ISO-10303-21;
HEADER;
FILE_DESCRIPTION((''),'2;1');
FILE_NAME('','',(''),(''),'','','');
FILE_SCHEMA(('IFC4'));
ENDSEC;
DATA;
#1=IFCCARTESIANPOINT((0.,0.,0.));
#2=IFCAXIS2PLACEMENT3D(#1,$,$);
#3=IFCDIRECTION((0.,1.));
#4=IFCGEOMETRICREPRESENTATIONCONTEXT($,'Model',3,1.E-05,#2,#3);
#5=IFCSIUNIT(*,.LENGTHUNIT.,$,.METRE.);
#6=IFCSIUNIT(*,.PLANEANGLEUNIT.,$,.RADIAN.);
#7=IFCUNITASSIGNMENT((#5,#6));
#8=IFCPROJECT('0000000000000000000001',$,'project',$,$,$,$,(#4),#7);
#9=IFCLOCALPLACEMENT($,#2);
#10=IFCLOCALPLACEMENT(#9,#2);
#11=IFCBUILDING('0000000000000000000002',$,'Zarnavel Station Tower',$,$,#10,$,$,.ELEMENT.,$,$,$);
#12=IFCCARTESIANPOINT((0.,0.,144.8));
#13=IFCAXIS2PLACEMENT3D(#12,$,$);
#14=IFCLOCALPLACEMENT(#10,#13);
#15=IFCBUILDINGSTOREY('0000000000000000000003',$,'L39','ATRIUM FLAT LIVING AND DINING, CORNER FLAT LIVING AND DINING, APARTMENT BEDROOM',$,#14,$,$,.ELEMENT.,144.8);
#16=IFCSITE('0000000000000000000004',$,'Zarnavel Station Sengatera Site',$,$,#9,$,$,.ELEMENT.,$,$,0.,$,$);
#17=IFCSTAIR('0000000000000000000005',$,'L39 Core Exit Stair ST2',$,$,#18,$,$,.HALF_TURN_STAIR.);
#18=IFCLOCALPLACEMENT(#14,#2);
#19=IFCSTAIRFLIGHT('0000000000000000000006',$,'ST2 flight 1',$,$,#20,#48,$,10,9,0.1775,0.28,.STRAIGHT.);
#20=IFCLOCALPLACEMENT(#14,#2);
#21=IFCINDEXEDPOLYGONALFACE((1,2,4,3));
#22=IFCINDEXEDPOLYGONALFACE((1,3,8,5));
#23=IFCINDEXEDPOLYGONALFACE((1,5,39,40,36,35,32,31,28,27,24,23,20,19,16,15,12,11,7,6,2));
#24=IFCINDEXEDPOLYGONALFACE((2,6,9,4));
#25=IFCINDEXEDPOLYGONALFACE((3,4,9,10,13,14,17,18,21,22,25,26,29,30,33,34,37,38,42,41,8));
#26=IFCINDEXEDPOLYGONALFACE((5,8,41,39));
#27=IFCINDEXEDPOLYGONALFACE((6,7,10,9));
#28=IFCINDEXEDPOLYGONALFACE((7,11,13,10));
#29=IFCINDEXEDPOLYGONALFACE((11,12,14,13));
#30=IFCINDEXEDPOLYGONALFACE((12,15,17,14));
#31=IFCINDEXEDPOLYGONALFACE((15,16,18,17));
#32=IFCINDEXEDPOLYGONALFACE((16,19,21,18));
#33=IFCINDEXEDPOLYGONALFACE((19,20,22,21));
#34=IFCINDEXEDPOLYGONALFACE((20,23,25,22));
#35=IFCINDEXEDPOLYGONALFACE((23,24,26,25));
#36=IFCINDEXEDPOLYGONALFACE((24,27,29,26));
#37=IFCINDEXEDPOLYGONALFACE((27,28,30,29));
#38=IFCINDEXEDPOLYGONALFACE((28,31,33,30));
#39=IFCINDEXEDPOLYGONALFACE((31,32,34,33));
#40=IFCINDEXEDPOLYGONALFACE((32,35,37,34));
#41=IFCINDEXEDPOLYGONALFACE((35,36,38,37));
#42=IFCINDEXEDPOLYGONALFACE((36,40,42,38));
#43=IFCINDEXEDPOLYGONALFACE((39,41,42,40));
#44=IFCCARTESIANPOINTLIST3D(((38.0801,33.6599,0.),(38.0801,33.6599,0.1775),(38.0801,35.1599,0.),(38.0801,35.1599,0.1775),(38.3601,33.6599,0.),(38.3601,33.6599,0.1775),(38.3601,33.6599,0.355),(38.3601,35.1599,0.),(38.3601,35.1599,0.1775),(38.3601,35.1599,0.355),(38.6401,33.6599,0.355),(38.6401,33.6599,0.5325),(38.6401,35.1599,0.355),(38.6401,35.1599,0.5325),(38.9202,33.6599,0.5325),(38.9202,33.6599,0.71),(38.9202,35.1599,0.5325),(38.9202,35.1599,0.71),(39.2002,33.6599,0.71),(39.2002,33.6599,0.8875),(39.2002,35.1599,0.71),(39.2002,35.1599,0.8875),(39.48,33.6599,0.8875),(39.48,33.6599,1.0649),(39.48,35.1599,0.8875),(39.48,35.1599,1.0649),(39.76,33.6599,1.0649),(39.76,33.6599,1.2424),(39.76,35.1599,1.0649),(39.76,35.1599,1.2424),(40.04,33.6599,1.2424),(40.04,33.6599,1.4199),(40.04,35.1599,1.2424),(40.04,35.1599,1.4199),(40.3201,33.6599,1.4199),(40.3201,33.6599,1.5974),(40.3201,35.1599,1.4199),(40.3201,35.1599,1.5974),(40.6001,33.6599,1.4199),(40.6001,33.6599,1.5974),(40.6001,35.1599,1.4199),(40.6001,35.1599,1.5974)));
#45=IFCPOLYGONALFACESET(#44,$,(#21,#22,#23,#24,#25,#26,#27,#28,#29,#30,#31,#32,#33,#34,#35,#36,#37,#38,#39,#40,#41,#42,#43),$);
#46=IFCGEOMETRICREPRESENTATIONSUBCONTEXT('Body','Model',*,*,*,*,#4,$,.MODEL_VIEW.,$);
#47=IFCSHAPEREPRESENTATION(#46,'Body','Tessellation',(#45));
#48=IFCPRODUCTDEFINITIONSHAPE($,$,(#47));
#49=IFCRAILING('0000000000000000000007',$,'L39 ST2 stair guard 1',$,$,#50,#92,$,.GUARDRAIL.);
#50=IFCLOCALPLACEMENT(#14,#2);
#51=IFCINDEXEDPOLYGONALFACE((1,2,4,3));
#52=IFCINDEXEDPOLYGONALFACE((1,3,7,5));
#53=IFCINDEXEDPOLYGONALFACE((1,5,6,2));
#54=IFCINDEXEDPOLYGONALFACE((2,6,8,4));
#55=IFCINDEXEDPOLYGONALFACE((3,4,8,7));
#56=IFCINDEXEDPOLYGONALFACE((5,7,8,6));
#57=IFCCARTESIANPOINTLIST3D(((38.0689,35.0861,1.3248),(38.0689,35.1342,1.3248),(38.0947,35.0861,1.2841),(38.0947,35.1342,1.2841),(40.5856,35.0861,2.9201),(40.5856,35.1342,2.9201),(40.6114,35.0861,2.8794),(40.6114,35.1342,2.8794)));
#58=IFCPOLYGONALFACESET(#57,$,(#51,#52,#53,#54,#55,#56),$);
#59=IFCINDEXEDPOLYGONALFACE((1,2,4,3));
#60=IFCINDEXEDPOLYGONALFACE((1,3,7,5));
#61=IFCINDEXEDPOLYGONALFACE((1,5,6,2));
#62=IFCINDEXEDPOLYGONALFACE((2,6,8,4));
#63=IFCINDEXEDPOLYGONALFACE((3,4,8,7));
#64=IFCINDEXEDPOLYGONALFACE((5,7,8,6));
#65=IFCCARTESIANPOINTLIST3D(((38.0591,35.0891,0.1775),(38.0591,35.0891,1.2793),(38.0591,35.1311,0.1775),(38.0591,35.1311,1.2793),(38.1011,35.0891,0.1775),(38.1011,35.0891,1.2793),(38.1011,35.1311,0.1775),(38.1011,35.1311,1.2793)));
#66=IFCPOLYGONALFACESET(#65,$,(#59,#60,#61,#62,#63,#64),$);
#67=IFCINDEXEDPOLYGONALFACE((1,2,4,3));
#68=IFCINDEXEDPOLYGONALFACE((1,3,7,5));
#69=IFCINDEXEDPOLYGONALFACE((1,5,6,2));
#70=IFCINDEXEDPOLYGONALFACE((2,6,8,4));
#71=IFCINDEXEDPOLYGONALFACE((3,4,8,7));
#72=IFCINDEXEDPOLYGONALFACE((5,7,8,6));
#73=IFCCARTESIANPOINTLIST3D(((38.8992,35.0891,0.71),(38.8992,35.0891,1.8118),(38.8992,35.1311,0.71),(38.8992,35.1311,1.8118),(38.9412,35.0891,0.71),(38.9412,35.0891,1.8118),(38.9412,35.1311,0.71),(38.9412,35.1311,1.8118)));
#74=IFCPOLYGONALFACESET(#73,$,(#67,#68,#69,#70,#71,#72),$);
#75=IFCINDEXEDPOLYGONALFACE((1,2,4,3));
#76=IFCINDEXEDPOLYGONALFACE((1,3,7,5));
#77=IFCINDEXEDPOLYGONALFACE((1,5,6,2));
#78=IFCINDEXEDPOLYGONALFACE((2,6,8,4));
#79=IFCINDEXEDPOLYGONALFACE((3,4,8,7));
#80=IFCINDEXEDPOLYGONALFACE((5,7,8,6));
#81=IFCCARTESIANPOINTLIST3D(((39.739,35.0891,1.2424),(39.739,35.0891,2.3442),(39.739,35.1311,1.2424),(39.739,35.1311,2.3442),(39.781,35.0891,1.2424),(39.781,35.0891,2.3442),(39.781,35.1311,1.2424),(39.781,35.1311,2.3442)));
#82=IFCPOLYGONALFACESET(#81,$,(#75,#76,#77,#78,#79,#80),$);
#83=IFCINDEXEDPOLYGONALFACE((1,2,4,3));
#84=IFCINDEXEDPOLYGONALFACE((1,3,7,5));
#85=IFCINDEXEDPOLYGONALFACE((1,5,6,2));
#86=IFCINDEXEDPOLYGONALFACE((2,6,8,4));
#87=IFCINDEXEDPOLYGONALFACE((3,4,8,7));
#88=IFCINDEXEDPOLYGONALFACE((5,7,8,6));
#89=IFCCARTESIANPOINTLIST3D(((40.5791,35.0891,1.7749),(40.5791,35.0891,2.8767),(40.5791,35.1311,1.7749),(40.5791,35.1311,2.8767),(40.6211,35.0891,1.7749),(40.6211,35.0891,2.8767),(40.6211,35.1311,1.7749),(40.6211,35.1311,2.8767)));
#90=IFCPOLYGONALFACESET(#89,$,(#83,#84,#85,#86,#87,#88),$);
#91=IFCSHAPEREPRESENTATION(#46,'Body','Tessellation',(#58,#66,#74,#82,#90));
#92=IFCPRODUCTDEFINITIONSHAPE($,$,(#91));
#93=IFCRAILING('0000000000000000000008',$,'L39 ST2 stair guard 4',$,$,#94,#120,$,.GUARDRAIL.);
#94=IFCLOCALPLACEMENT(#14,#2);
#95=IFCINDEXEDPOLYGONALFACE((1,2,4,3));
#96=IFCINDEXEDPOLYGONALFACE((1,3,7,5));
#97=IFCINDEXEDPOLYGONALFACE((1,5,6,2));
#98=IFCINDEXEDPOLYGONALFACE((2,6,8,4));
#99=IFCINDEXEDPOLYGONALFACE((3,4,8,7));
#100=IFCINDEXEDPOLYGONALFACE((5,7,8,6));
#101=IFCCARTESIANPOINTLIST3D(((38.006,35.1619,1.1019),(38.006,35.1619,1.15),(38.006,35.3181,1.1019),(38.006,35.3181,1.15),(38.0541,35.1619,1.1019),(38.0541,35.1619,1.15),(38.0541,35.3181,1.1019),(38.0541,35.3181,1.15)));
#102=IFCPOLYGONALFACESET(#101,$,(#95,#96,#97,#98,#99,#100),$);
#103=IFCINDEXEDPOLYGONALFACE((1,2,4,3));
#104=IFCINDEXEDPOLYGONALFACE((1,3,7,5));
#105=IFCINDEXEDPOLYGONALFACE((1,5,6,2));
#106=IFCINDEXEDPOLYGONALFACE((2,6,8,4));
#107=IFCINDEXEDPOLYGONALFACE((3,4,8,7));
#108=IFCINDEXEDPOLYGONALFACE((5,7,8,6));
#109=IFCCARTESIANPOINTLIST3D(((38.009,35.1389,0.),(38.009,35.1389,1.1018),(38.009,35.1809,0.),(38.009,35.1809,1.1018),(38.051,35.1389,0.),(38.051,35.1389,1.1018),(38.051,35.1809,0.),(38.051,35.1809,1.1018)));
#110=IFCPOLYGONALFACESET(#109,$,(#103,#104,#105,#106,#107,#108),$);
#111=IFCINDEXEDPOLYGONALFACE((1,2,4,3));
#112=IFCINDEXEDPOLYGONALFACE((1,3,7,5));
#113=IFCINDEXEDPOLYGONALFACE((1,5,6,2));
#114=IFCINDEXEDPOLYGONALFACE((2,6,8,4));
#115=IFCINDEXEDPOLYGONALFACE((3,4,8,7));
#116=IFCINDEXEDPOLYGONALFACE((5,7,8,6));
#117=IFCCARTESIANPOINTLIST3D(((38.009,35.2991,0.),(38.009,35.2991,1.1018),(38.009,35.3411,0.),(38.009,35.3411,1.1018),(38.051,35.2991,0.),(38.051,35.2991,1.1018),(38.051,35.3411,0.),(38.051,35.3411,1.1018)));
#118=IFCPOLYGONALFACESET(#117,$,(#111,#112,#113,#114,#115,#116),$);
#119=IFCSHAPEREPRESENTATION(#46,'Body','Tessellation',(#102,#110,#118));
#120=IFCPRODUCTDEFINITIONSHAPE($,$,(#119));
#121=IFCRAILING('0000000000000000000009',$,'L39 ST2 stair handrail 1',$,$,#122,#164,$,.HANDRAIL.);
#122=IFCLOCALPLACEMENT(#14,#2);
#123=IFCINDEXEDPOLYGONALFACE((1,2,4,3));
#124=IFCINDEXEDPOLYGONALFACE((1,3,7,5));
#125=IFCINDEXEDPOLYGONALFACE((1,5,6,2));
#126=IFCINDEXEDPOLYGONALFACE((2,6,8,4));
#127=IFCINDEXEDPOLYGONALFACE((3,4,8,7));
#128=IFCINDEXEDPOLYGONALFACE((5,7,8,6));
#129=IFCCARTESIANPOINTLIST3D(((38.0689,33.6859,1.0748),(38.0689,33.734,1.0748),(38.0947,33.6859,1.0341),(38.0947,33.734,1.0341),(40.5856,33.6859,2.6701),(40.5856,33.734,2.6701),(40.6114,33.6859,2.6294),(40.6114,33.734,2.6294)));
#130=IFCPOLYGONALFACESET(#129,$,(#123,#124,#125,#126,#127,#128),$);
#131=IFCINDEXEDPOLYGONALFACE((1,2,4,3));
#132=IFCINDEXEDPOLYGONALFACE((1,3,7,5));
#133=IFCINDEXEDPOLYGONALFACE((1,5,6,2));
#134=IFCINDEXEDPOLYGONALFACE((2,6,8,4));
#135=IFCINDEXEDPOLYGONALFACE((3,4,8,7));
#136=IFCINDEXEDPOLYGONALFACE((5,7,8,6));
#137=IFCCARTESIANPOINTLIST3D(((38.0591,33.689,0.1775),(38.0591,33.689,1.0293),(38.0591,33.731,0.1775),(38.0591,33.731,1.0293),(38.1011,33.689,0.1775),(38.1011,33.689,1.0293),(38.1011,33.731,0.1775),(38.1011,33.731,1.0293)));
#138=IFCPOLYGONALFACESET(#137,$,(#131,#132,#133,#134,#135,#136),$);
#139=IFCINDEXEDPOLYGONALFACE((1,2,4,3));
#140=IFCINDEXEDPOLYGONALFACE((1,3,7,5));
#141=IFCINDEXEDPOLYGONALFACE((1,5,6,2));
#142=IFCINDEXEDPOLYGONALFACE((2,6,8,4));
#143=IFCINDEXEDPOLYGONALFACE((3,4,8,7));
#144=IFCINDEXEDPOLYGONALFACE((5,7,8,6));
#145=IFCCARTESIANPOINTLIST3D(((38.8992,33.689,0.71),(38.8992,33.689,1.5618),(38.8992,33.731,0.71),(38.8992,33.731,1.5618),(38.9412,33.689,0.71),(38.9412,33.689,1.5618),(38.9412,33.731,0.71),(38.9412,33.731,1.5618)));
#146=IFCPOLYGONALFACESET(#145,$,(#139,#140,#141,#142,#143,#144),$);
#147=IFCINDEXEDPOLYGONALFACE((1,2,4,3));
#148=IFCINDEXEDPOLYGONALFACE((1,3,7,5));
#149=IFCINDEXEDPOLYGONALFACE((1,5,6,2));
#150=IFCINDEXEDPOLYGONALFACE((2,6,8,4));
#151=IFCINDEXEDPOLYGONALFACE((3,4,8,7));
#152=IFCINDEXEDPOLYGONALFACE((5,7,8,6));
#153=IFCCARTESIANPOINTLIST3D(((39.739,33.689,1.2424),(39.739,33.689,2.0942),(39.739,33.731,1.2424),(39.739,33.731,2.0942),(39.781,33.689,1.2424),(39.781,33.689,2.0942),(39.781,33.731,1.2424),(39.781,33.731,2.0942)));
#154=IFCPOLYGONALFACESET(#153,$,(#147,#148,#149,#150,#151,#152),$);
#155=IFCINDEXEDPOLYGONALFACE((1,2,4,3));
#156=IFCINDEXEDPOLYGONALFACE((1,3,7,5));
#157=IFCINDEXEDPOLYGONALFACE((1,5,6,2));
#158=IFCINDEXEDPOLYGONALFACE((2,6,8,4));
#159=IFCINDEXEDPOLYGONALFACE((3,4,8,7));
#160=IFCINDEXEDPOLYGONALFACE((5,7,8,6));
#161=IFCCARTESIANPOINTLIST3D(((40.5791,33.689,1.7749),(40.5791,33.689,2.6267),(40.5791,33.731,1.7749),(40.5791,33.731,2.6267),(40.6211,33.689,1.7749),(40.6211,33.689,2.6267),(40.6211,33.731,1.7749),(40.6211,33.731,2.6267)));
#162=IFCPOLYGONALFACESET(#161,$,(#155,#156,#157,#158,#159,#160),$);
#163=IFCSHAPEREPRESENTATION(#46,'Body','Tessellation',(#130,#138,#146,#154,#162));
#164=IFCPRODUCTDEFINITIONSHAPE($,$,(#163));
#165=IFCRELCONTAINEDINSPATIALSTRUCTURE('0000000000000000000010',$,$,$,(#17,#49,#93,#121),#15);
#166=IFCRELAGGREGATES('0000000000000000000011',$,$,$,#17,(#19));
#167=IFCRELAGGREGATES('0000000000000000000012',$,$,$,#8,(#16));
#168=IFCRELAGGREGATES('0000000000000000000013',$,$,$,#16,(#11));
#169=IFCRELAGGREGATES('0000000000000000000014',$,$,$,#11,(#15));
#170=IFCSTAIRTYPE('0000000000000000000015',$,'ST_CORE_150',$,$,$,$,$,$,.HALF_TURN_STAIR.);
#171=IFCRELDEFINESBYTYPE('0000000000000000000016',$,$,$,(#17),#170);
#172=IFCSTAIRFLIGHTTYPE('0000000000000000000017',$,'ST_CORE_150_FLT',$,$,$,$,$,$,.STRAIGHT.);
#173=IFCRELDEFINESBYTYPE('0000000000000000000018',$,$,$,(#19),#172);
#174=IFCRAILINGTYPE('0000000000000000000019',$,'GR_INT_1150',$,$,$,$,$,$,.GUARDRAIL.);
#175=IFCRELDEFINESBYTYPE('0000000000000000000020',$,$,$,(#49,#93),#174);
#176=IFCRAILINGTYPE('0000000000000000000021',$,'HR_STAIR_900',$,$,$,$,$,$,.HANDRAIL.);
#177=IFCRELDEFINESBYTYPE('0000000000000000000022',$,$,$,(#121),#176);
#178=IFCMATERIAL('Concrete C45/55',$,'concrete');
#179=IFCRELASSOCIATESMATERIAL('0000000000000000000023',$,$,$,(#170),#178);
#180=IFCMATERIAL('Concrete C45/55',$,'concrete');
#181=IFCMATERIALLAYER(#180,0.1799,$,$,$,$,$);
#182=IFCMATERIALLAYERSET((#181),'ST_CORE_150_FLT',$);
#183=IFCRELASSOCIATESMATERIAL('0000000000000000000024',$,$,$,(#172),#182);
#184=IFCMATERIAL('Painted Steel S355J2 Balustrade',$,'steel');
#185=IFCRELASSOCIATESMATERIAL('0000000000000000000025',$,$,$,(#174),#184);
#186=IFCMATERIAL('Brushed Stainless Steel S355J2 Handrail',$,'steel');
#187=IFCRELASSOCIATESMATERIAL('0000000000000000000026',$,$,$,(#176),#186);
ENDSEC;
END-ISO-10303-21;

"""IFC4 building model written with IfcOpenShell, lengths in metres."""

from ifc_helpers import new_model, si_unit, direction, frame, origin, origin_2d, place, context, subcontext, project, spatial, polyline, rectangle, outline, extrude, material, layer, layer_set, type_object, element, aggregate, save


model = new_model("IFC4")

# Units and contexts
model_context = context("Model", 3, precision=1e-05, world=origin(), true_north=direction((0.0, 1.0)))
body_context = subcontext(model_context, "Body", "Model", "MODEL_VIEW")
ifc_project = project(units=[si_unit("LENGTHUNIT", "METRE"), si_unit("PLANEANGLEUNIT", "RADIAN")], contexts=[model_context])

# Site, building, storey
site_placement = place(None, origin())
site = spatial("IfcSite", under=ifc_project, at=site_placement, Name="Zarnavel Station Sengatera Site", CompositionType="ELEMENT", RefElevation=0.0)
building_placement = place(site_placement, origin())
building = spatial("IfcBuilding", under=site, at=building_placement, Name="Zarnavel Station Tower", CompositionType="ELEMENT")
storey_placement = place(building_placement, frame((0.0, 0.0, 144.8)))
storey = spatial("IfcBuildingStorey", under=building, at=storey_placement, Name="L39", Description="ATRIUM FLAT LIVING AND DINING, CORNER FLAT LIVING AND DINING, APARTMENT BEDROOM", CompositionType="ELEMENT", Elevation=144.8)

# Stair, stair flight
ifc_material_1 = material(Name="Concrete C45/55", Category="concrete")
stair_type = type_object("IfcStairType", Name="ST_CORE_150", PredefinedType="HALF_TURN_STAIR", material=ifc_material_1)
stair_placement = place(storey_placement, origin())
stair = element("IfcStair", 1, at=stair_placement, inside=storey, type_object=stair_type, Name="L39 Core Exit Stair ST2", PredefinedType="HALF_TURN_STAIR")
ifc_material_2 = material(Name="Concrete C45/55", Category="concrete")
ifc_layer_1 = layer(ifc_material_2, 0.1799)
ifc_layer_set_1 = layer_set([ifc_layer_1], Name="ST_CORE_150_FLT")
stair_flight_type = type_object("IfcStairFlightType", Name="ST_CORE_150_FLT", PredefinedType="STRAIGHT", material=ifc_layer_set_1)
stair_flight_placement = place(storey_placement, frame((38.0801, 34.4099, 0.0), z_axis=(0.0, 0.0, 1.0), x_axis=(1.0, 0.0, 0.0)))
stair_flight = element("IfcStairFlight", 2, at=stair_flight_placement, type_object=stair_flight_type, Name="ST2 flight 1", NumberOfRisers=10, NumberOfTreads=9, PredefinedType="STRAIGHT", RiserHeight=0.1775, TreadLength=0.28, context=body_context, shape_type="SweptSolid", body=[
    extrude(outline(polyline([(0.0, 0.0), (0.0, 0.1775), (0.28, 0.1775), (0.28, 0.355), (0.5601, 0.355), (0.5601, 0.5325), (0.8401, 0.5325), (0.8401, 0.71), (1.1201, 0.71), (1.1201, 0.8875), (1.3999, 0.8875), (1.3999, 1.0649), (1.6799, 1.0649), (1.6799, 1.2424), (1.96, 1.2424), (1.96, 1.4199), (2.24, 1.4199), (2.24, 1.5974), (2.52, 1.5974), (2.52, 1.7749), (2.52, 1.4199), (0.28, 0.0), (0.0, 0.0)])), frame((0.0, 0.75, 0.0), z_axis=(0.0, -1.0, 0.0), x_axis=(1.0, 0.0, 0.0)), (0.0, 0.0, 1.0), 1.5),
])
aggregate(stair, [stair_flight])

# Railings
ifc_material_3 = material(Name="Painted Steel S355J2 Balustrade", Category="steel")
railing_type_1 = type_object("IfcRailingType", Name="GR_INT_1150", PredefinedType="GUARDRAIL", material=ifc_material_3)
railing_1_placement = place(storey_placement, frame((38.0801, 35.1101, 0.1775)))
element("IfcRailing", 3, at=railing_1_placement, inside=storey, type_object=railing_type_1, Name="L39 ST2 stair guard 1", PredefinedType="GUARDRAIL", context=body_context, shape_type="SweptSolid", body=[
    extrude(rectangle(XDim=0.0481, YDim=0.0481, at=origin_2d()), frame((0.0017, 0.0, 1.127), z_axis=(0.844607, 0.0, 0.535387), x_axis=(0.0, 1.0, 0.0)), (0.0, 0.0, 1.0), 2.9797),
    extrude(rectangle(XDim=0.042, YDim=0.042, at=origin_2d()), origin(), (0.0, 0.0, 1.0), 1.1018),
    extrude(rectangle(XDim=0.042, YDim=0.042, at=origin_2d()), frame((0.8401, 0.0, 0.5325)), (0.0, 0.0, 1.0), 1.1018),
    extrude(rectangle(XDim=0.042, YDim=0.042, at=origin_2d()), frame((1.6799, 0.0, 1.0649)), (0.0, 0.0, 1.0), 1.1018),
    extrude(rectangle(XDim=0.042, YDim=0.042, at=origin_2d()), frame((2.52, 0.0, 1.5974)), (0.0, 0.0, 1.0), 1.1018),
])
railing_2_placement = place(storey_placement, frame((38.03, 35.1599, 0.0)))
element("IfcRailing", 4, at=railing_2_placement, inside=storey, type_object=railing_type_1, Name="L39 ST2 stair guard 4", PredefinedType="GUARDRAIL", context=body_context, shape_type="SweptSolid", body=[
    extrude(rectangle(XDim=0.0481, YDim=0.0481, at=origin_2d()), frame((0.0, 0.002, 1.126), z_axis=(0.0, 1.0, 0.0), x_axis=(-1.0, 0.0, 0.0)), (0.0, 0.0, 1.0), 0.1562),
    extrude(rectangle(XDim=0.042, YDim=0.042, at=origin_2d()), origin(), (0.0, 0.0, 1.0), 1.1018),
    extrude(rectangle(XDim=0.042, YDim=0.042, at=origin_2d()), frame((0.0, 0.1602, 0.0)), (0.0, 0.0, 1.0), 1.1018),
])
ifc_material_4 = material(Name="Brushed Stainless Steel S355J2 Handrail", Category="steel")
railing_type_2 = type_object("IfcRailingType", Name="HR_STAIR_900", PredefinedType="HANDRAIL", material=ifc_material_4)
railing_3_placement = place(storey_placement, frame((38.0801, 33.71, 0.1775)))
element("IfcRailing", 5, at=railing_3_placement, inside=storey, type_object=railing_type_2, Name="L39 ST2 stair handrail 1", PredefinedType="HANDRAIL", context=body_context, shape_type="SweptSolid", body=[
    extrude(rectangle(XDim=0.0481, YDim=0.0481, at=origin_2d()), frame((0.0017, 0.0, 0.877), z_axis=(0.844607, 0.0, 0.535387), x_axis=(0.0, 1.0, 0.0)), (0.0, 0.0, 1.0), 2.9797),
    extrude(rectangle(XDim=0.042, YDim=0.042, at=origin_2d()), origin(), (0.0, 0.0, 1.0), 0.8518),
    extrude(rectangle(XDim=0.042, YDim=0.042, at=origin_2d()), frame((0.8401, 0.0, 0.5325)), (0.0, 0.0, 1.0), 0.8518),
    extrude(rectangle(XDim=0.042, YDim=0.042, at=origin_2d()), frame((1.6799, 0.0, 1.0649)), (0.0, 0.0, 1.0), 0.8518),
    extrude(rectangle(XDim=0.042, YDim=0.042, at=origin_2d()), frame((2.52, 0.0, 1.5974)), (0.0, 0.0, 1.0), 0.8518),
])

save(model, "model.ifc")
